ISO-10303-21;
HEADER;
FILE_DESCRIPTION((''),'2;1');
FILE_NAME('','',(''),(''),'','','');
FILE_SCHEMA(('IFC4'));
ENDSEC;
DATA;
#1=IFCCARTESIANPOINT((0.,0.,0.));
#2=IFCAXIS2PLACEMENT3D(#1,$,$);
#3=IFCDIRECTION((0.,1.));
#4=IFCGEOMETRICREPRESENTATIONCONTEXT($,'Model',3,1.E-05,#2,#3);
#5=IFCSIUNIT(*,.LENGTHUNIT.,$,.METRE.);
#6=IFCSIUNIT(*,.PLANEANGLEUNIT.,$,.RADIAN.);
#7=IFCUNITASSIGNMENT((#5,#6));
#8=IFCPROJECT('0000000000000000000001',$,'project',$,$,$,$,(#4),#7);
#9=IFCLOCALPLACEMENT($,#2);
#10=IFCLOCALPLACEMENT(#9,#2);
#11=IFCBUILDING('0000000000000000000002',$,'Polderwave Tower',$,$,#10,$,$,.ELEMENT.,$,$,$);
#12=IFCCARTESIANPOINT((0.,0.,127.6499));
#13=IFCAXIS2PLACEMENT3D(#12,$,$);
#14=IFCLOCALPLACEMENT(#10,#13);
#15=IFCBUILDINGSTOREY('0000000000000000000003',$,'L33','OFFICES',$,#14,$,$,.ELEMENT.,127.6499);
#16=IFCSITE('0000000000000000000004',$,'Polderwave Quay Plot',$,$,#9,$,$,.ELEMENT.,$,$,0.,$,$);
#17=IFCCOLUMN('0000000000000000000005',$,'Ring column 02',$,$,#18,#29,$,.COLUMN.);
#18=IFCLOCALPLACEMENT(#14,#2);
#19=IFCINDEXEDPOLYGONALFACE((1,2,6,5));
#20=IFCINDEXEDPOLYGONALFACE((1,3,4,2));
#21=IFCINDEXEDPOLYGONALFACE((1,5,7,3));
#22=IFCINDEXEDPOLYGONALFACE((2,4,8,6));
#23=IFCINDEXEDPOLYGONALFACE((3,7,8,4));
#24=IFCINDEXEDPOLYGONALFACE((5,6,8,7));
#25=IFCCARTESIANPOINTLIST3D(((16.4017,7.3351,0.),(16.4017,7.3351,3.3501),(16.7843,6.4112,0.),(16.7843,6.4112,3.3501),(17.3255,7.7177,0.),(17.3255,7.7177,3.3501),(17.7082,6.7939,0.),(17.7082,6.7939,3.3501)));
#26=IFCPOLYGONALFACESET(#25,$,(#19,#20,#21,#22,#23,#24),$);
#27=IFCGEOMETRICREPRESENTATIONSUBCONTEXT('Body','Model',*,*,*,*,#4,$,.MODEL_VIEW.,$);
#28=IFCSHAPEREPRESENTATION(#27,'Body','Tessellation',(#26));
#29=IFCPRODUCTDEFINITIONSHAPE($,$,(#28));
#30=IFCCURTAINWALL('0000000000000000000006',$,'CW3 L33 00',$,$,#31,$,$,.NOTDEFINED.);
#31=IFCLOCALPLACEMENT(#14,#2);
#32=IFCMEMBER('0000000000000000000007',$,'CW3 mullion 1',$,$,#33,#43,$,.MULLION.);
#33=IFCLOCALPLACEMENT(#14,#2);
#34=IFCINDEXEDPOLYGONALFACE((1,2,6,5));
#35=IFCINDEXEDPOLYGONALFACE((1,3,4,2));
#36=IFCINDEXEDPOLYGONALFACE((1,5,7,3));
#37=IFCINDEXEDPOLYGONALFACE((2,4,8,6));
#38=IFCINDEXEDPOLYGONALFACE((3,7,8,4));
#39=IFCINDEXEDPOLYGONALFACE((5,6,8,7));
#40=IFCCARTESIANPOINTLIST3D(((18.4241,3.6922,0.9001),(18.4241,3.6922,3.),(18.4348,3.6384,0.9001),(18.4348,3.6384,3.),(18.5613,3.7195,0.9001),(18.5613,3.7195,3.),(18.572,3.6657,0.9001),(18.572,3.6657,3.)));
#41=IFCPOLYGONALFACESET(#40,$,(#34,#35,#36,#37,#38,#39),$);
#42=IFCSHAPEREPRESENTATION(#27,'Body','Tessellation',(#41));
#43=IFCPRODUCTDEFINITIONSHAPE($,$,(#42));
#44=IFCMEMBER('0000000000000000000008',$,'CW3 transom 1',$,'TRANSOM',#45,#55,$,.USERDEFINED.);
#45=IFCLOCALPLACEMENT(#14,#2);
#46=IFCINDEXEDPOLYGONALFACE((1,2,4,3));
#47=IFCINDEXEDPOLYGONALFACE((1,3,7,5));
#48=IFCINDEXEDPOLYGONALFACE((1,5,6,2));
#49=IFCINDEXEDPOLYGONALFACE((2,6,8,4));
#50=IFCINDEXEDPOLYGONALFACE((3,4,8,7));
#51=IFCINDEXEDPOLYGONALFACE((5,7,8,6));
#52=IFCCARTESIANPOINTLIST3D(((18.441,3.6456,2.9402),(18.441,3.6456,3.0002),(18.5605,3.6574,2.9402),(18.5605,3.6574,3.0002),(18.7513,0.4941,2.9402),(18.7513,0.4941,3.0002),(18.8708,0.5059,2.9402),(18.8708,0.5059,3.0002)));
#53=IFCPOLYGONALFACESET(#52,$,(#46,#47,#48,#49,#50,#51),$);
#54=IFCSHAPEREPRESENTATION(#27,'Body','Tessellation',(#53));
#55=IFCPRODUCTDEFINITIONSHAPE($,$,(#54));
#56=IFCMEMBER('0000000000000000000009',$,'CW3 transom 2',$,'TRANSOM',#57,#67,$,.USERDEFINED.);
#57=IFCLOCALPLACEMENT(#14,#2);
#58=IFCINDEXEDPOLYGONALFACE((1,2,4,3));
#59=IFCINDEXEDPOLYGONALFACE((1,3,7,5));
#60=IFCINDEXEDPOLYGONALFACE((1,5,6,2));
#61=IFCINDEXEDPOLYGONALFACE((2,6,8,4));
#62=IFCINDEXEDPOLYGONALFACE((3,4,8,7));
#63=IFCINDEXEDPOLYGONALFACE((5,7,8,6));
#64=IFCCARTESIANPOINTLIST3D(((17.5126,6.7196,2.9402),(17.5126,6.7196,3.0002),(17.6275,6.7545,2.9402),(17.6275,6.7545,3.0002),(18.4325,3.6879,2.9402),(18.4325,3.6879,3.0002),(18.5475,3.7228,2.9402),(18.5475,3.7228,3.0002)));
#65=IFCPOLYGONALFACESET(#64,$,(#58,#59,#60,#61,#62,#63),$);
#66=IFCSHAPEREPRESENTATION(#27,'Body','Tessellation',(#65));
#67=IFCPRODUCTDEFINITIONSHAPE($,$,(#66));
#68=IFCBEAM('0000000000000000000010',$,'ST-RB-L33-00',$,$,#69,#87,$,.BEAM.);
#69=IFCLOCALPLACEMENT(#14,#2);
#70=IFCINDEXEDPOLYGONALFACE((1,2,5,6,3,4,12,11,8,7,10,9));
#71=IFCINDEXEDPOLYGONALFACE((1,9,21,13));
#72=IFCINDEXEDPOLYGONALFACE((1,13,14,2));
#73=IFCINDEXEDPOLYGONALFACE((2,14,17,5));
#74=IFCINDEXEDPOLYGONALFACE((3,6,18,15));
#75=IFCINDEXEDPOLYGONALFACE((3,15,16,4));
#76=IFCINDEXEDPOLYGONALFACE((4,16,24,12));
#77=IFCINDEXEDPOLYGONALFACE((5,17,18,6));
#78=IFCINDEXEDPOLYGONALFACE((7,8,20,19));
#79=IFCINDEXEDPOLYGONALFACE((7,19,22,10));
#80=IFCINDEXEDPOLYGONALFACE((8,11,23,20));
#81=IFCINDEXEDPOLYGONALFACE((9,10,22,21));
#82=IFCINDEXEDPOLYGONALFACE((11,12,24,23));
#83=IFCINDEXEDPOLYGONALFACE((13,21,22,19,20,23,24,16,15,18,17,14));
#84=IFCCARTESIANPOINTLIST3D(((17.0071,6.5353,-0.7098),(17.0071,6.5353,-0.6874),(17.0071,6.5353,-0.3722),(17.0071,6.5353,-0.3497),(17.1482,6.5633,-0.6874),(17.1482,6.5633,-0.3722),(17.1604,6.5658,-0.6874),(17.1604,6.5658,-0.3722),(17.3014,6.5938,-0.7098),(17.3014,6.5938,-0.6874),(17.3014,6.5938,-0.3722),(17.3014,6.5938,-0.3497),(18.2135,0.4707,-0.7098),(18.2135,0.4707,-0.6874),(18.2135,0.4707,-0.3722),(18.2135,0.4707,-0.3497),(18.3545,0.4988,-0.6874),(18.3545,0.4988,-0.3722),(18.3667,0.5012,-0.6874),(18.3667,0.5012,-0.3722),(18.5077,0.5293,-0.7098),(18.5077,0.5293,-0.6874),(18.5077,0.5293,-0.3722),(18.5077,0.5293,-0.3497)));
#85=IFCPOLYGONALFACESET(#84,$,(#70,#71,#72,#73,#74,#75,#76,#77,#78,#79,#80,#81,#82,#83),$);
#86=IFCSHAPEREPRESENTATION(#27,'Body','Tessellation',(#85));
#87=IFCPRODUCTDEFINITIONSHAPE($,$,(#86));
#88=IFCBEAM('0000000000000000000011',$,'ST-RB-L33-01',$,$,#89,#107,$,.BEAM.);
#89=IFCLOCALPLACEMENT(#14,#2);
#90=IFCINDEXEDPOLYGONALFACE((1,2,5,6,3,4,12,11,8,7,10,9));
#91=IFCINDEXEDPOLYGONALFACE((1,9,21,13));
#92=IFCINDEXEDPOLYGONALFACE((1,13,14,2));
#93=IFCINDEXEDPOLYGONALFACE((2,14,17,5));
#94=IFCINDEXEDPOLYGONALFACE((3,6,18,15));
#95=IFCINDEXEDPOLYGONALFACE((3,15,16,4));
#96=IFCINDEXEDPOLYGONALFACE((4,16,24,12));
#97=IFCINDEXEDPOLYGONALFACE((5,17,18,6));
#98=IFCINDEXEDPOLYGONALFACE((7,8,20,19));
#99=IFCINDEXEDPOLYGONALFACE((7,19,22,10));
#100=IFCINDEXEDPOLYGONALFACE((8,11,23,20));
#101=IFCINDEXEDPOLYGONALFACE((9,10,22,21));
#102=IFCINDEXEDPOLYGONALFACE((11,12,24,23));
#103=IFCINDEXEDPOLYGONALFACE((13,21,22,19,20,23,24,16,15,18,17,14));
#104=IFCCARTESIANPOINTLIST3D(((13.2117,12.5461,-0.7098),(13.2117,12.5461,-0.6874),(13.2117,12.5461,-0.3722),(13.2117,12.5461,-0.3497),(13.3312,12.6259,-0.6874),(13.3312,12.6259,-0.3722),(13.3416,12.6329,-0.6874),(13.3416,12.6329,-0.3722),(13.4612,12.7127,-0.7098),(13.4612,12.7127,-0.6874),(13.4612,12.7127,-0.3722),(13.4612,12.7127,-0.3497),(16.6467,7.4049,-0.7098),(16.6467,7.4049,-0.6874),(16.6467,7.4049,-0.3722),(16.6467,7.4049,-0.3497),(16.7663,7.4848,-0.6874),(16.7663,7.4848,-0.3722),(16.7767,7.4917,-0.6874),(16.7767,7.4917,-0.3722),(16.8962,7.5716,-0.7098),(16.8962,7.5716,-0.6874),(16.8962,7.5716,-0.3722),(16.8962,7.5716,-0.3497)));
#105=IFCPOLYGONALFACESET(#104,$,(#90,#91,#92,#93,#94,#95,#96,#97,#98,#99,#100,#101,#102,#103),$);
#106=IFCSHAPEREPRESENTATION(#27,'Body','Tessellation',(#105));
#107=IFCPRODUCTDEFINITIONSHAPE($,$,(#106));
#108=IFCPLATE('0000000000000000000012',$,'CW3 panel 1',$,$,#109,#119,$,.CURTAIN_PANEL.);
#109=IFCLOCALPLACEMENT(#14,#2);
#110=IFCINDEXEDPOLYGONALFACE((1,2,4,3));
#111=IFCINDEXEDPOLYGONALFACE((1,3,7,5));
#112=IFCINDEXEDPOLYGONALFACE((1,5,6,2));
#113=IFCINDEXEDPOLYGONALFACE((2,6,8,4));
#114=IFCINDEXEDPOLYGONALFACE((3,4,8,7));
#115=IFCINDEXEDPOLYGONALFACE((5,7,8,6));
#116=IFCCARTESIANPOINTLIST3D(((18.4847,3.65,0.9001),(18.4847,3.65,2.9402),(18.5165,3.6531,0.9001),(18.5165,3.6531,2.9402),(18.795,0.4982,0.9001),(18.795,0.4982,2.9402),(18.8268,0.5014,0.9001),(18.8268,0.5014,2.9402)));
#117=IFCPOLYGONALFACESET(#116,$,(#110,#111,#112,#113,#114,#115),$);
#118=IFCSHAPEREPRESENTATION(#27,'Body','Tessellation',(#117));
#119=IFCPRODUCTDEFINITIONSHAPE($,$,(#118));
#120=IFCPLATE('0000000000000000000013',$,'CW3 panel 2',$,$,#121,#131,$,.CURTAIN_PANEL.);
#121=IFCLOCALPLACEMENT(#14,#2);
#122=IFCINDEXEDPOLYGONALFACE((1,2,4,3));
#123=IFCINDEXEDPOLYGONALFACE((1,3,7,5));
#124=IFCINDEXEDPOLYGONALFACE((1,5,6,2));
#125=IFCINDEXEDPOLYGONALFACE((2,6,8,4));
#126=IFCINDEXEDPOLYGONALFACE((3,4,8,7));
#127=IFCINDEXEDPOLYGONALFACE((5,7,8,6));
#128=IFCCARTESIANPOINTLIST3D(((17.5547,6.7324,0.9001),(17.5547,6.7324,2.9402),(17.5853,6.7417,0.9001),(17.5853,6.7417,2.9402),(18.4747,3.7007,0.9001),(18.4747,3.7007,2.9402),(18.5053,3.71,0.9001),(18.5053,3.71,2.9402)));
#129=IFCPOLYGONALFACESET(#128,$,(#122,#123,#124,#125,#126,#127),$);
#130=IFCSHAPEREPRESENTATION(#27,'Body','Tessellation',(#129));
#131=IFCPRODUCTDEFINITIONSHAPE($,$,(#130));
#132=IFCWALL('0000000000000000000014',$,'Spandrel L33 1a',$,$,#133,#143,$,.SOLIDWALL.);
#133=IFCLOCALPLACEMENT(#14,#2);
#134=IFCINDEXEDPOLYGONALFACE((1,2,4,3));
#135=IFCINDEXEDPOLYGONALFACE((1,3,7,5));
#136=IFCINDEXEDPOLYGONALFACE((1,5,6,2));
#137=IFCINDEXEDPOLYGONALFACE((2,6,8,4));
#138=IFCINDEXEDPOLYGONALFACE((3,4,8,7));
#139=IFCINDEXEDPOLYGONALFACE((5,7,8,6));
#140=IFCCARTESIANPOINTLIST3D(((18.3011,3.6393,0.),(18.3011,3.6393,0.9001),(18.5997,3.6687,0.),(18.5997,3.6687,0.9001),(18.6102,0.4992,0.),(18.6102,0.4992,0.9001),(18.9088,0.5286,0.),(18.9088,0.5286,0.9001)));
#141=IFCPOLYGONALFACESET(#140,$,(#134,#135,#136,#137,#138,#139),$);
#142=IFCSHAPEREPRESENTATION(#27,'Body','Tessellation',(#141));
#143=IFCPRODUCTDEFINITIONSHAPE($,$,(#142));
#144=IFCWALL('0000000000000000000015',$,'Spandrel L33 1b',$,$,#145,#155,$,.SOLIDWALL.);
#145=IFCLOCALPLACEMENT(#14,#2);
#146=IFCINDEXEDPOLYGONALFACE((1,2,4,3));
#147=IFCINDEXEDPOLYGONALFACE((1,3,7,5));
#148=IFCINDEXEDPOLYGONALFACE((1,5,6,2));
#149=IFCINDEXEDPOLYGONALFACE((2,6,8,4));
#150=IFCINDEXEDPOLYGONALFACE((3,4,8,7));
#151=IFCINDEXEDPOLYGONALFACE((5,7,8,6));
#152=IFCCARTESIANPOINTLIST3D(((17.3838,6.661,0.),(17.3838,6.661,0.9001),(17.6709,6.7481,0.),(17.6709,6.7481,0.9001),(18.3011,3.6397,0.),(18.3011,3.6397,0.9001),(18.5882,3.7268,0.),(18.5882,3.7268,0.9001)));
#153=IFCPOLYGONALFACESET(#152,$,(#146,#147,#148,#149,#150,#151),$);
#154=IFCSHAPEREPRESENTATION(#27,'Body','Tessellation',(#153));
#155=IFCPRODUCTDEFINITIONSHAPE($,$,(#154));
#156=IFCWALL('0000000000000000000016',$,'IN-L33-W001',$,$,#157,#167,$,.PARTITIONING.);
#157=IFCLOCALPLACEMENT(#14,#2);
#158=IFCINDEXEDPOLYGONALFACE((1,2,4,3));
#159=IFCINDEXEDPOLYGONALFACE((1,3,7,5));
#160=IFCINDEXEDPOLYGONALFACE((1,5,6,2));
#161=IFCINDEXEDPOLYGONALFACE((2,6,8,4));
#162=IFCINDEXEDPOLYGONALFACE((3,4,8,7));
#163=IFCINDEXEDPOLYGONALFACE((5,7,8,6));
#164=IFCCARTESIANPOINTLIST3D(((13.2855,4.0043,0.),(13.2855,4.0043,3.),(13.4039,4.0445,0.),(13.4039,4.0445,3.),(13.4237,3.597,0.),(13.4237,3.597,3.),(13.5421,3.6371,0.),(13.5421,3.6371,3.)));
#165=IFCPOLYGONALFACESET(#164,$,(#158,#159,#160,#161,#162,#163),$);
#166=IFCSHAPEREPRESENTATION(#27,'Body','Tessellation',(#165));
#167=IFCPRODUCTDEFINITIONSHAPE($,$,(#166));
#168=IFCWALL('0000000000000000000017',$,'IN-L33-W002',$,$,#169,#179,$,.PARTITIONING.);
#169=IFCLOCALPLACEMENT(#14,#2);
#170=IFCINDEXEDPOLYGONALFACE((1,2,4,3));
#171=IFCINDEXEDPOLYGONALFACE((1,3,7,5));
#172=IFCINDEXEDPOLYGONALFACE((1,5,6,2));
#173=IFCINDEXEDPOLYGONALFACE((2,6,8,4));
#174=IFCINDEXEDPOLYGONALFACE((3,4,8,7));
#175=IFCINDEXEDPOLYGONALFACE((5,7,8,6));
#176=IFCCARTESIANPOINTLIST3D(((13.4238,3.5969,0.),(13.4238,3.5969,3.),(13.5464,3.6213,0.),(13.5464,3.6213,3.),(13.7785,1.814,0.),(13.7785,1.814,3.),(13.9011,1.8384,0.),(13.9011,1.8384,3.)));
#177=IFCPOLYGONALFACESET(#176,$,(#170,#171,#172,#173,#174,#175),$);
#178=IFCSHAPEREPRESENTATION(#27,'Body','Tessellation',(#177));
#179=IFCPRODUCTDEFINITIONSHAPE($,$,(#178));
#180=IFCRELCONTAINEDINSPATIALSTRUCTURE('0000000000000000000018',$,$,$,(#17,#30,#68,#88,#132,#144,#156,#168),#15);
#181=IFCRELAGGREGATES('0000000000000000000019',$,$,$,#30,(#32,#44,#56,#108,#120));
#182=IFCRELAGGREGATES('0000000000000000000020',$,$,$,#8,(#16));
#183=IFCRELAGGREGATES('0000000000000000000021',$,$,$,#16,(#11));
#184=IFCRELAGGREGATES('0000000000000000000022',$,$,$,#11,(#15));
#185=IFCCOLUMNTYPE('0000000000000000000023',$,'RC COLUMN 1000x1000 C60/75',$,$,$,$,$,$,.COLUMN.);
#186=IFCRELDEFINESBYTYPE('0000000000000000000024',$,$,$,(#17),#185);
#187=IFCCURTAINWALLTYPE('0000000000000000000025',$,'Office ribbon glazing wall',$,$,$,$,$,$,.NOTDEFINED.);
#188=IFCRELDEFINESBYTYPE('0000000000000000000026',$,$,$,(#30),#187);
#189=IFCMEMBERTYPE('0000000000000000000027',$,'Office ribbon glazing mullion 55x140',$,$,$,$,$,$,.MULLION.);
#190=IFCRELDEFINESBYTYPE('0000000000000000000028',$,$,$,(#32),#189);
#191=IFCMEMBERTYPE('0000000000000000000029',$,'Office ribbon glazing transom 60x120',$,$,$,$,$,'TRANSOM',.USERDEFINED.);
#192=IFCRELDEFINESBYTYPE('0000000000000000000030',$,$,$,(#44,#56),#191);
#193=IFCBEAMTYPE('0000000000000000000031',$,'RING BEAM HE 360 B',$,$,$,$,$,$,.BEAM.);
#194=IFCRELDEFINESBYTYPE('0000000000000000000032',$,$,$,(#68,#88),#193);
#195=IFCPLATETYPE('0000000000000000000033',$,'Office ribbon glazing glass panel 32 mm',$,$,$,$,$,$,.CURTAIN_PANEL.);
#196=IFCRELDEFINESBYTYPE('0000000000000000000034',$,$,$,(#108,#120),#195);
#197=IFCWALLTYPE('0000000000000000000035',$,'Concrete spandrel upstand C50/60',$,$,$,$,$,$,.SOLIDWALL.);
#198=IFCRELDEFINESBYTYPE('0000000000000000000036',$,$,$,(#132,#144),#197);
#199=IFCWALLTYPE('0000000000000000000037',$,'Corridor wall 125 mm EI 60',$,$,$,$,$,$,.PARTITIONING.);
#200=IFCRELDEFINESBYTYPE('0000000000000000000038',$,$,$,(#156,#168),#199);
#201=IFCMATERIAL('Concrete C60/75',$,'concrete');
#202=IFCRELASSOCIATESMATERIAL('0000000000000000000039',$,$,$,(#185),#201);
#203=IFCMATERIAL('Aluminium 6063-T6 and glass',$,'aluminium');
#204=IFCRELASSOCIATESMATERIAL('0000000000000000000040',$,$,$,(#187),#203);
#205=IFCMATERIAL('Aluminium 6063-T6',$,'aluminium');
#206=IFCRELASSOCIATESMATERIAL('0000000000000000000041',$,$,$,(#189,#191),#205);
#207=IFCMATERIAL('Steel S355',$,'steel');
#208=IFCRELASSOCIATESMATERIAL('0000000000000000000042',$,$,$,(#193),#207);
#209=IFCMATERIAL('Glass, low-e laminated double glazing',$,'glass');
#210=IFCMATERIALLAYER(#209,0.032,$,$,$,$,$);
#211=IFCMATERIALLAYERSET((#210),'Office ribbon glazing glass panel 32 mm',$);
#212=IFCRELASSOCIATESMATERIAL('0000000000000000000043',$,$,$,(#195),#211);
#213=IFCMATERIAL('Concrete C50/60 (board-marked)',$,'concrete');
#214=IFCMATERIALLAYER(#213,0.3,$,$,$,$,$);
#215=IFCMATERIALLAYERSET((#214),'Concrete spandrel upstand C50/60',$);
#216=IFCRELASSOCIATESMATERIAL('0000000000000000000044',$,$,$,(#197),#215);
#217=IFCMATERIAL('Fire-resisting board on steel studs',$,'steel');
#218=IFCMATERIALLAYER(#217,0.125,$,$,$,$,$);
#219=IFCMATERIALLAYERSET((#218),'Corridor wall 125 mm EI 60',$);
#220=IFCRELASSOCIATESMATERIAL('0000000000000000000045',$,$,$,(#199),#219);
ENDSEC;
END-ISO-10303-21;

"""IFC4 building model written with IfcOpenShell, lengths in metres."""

from ifc_helpers import new_model, si_unit, direction, frame, frame_2d, origin, origin_2d, place, context, subcontext, project, spatial, rectangle, i_section, extrude, material, layer, layer_set, material_profile, profile_set, type_object, element, aggregate, save


model = new_model("IFC4")

# Units and contexts
model_context = context("Model", 3, precision=1e-05, world=origin(), true_north=direction((0.0, 1.0)))
body_context = subcontext(model_context, "Body", "Model", "MODEL_VIEW")
ifc_project = project(units=[si_unit("LENGTHUNIT", "METRE"), si_unit("PLANEANGLEUNIT", "RADIAN")], contexts=[model_context])

# Site, building, storey
site_placement = place(None, origin())
site = spatial("IfcSite", under=ifc_project, at=site_placement, Name="Polderwave Quay Plot", CompositionType="ELEMENT", RefElevation=0.0)
building_placement = place(site_placement, origin())
building = spatial("IfcBuilding", under=site, at=building_placement, Name="Polderwave Tower", CompositionType="ELEMENT")
storey_placement = place(building_placement, frame((0.0, 0.0, 127.6499)))
storey = spatial("IfcBuildingStorey", under=building, at=storey_placement, Name="L33", Description="OFFICES", CompositionType="ELEMENT", Elevation=127.6499)

# Column
ifc_material_1 = material(Name="Concrete C60/75", Category="concrete")
ifc_material_profile_1 = material_profile(ifc_material_1, rectangle(XDim=1.0, YDim=1.0, at=origin_2d()), Name="RC 1000x1000")
ifc_profile_set_1 = profile_set([ifc_material_profile_1], Name="Concrete C60/75")
column_type = type_object("IfcColumnType", Name="RC COLUMN 1000x1000 C60/75", PredefinedType="COLUMN", material=ifc_profile_set_1)
column_placement = place(storey_placement, frame((17.0549, 7.0645, 0.0), z_axis=(0.0, 0.0, 1.0), x_axis=(0.92388, 0.382683, 0.0)))
element("IfcColumn", 1, at=column_placement, inside=storey, type_object=column_type, Name="Ring column 02", PredefinedType="COLUMN", context=body_context, shape_type="SweptSolid", body=[
    extrude(rectangle(XDim=1.0, YDim=1.0, at=origin_2d()), origin(), (0.0, 0.0, 1.0), 3.3501),
])

# Curtain wall, members
ifc_material_2 = material(Name="Aluminium 6063-T6 and glass", Category="aluminium")
curtain_wall_type = type_object("IfcCurtainWallType", Name="Office ribbon glazing wall", PredefinedType="NOTDEFINED", material=ifc_material_2)
curtain_wall_placement = place(storey_placement, origin())
curtain_wall = element("IfcCurtainWall", 2, at=curtain_wall_placement, inside=storey, type_object=curtain_wall_type, Name="CW3 L33 00", PredefinedType="NOTDEFINED")
ifc_material_3 = material(Name="Aluminium 6063-T6", Category="aluminium")
ifc_material_profile_2 = material_profile(ifc_material_3, rectangle(XDim=0.1399, YDim=0.0549, at=origin_2d()), Name="AL 55x140")
ifc_profile_set_2 = profile_set([ifc_material_profile_2], Name="Aluminium 6063-T6")
member_type_1 = type_object("IfcMemberType", Name="Office ribbon glazing mullion 55x140", PredefinedType="MULLION", material=ifc_profile_set_2)
member_1_placement = place(storey_placement, frame((18.498, 3.679, 0.9001), z_axis=(0.0, 0.0, 1.0), x_axis=(-0.980778, -0.195128, 0.0)))
member_1 = element("IfcMember", 3, at=member_1_placement, type_object=member_type_1, Name="CW3 mullion 1", PredefinedType="MULLION", context=body_context, shape_type="SweptSolid", body=[
    extrude(rectangle(XDim=0.1399, YDim=0.0549, at=origin_2d()), origin(), (0.0, 0.0, 1.0), 2.0999),
])
ifc_material_profile_3 = material_profile(ifc_material_3, rectangle(XDim=0.1201, YDim=0.0601, at=origin_2d()), Name="AL 60x120")
ifc_profile_set_3 = profile_set([ifc_material_profile_3], Name="Aluminium 6063-T6")
member_type_2 = type_object("IfcMemberType", Name="Office ribbon glazing transom 60x120", ElementType="TRANSOM", PredefinedType="USERDEFINED", material=ifc_profile_set_3)
member_2_placement = place(storey_placement, frame((18.811, 0.5, 2.9702), z_axis=(-0.097985, 0.995188, 0.0), x_axis=(-0.995188, -0.097985, 0.0)))
member_2 = element("IfcMember", 4, at=member_2_placement, type_object=member_type_2, Name="CW3 transom 1", ObjectType="TRANSOM", PredefinedType="USERDEFINED", context=body_context, shape_type="SweptSolid", body=[
    extrude(rectangle(XDim=0.1201, YDim=0.0601, at=origin_2d()), origin(), (0.0, 0.0, 1.0), 3.1667),
])
member_3_placement = place(storey_placement, frame((18.49, 3.7053, 2.9702), z_axis=(-0.290358, 0.956918, 0.0), x_axis=(-0.956918, -0.290358, 0.0)))
member_3 = element("IfcMember", 5, at=member_3_placement, type_object=member_type_2, Name="CW3 transom 2", ObjectType="TRANSOM", PredefinedType="USERDEFINED", context=body_context, shape_type="SweptSolid", body=[
    extrude(rectangle(XDim=0.1201, YDim=0.0601, at=origin_2d()), origin(), (0.0, 0.0, 1.0), 3.1682),
])

# Beams
ifc_material_4 = material(Name="Steel S355", Category="steel")
ifc_material_profile_4 = material_profile(ifc_material_4, i_section(OverallWidth=0.3, OverallDepth=0.3601, WebThickness=0.0125, FlangeThickness=0.0225, at=origin_2d()), Name="HE 360 B")
ifc_profile_set_4 = profile_set([ifc_material_profile_4], Name="Steel S355")
beam_type = type_object("IfcBeamType", Name="RING BEAM HE 360 B", PredefinedType="BEAM", material=ifc_profile_set_4)
beam_1_placement = place(storey_placement, frame((18.3606, 0.5, -0.5298), z_axis=(-0.195091, 0.980785, 0.0), x_axis=(-0.980785, -0.195091, 0.0)))
element("IfcBeam", 6, at=beam_1_placement, inside=storey, type_object=beam_type, Name="ST-RB-L33-00", PredefinedType="BEAM", context=body_context, shape_type="SweptSolid", body=[
    extrude(i_section(OverallWidth=0.3, OverallDepth=0.3601, WebThickness=0.0125, FlangeThickness=0.0225, at=origin_2d()), origin(), (0.0, 0.0, 1.0), 6.1833),
])
beam_2_placement = place(storey_placement, frame((16.7715, 7.4883, -0.5298), z_axis=(-0.555556, 0.831479, 0.0), x_axis=(-0.831479, -0.555556, 0.0)))
element("IfcBeam", 7, at=beam_2_placement, inside=storey, type_object=beam_type, Name="ST-RB-L33-01", PredefinedType="BEAM", context=body_context, shape_type="SweptSolid", body=[
    extrude(i_section(OverallWidth=0.3, OverallDepth=0.3601, WebThickness=0.0125, FlangeThickness=0.0225, at=origin_2d()), origin(), (0.0, 0.0, 1.0), 6.1831),
])

# Plates
ifc_material_5 = material(Name="Glass, low-e laminated double glazing", Category="glass")
ifc_layer_1 = layer(ifc_material_5, 0.032)
ifc_layer_set_1 = layer_set([ifc_layer_1], Name="Office ribbon glazing glass panel 32 mm")
plate_type = type_object("IfcPlateType", Name="Office ribbon glazing glass panel 32 mm", PredefinedType="CURTAIN_PANEL", material=ifc_layer_set_1)
plate_1_placement = place(storey_placement, frame((18.6558, 2.0757, 0.9001), z_axis=(0.0, 0.0, 1.0), x_axis=(-0.097984, 0.995188, 0.0)))
plate_1 = element("IfcPlate", 8, at=plate_1_placement, type_object=plate_type, Name="CW3 panel 1", PredefinedType="CURTAIN_PANEL", context=body_context, shape_type="SweptSolid", body=[
    extrude(rectangle(XDim=3.167, YDim=0.032, at=origin_2d()), origin(), (0.0, 0.0, 1.0), 2.04),
])
plate_2_placement = place(storey_placement, frame((18.03, 5.2212, 0.9001), z_axis=(0.0, 0.0, 1.0), x_axis=(-0.29039, 0.956908, 0.0)))
plate_2 = element("IfcPlate", 9, at=plate_2_placement, type_object=plate_type, Name="CW3 panel 2", PredefinedType="CURTAIN_PANEL", context=body_context, shape_type="SweptSolid", body=[
    extrude(rectangle(XDim=3.1682, YDim=0.032, at=origin_2d()), origin(), (0.0, 0.0, 1.0), 2.04),
])
aggregate(curtain_wall, [member_1, member_2, member_3, plate_1, plate_2])

# Walls
ifc_material_6 = material(Name="Concrete C50/60 (board-marked)", Category="concrete")
ifc_layer_2 = layer(ifc_material_6, 0.3)
ifc_layer_set_2 = layer_set([ifc_layer_2], Name="Concrete spandrel upstand C50/60")
wall_type_1 = type_object("IfcWallType", Name="Concrete spandrel upstand C50/60", PredefinedType="SOLIDWALL", material=ifc_layer_set_2)
wall_1_placement = place(storey_placement, frame((18.7595, 0.5139, 0.0), z_axis=(0.0, 0.0, 1.0), x_axis=(-0.097956, 0.995191, 0.0)))
element("IfcWall", 10, at=wall_1_placement, inside=storey, type_object=wall_type_1, Name="Spandrel L33 1a", PredefinedType="SOLIDWALL", context=body_context, shape_type="SweptSolid", body=[
    extrude(rectangle(XDim=3.1553, YDim=0.3, at=frame_2d((1.5776, 0.0))), origin(), (0.0, 0.0, 1.0), 0.9001),
])
wall_2_placement = place(storey_placement, frame((18.4446, 3.6833, 0.0), z_axis=(0.0, 0.0, 1.0), x_axis=(-0.290503, 0.956874, 0.0)))
element("IfcWall", 11, at=wall_2_placement, inside=storey, type_object=wall_type_1, Name="Spandrel L33 1b", PredefinedType="SOLIDWALL", context=body_context, shape_type="SweptSolid", body=[
    extrude(rectangle(XDim=3.1575, YDim=0.3, at=frame_2d((1.5786, 0.0))), origin(), (0.0, 0.0, 1.0), 0.9001),
])
ifc_material_7 = material(Name="Fire-resisting board on steel studs", Category="steel")
ifc_layer_3 = layer(ifc_material_7, 0.125)
ifc_layer_set_3 = layer_set([ifc_layer_3], Name="Corridor wall 125 mm EI 60")
wall_type_2 = type_object("IfcWallType", Name="Corridor wall 125 mm EI 60", PredefinedType="PARTITIONING", material=ifc_layer_set_3)
wall_3_placement = place(storey_placement, frame((13.3447, 4.0244, 0.0), z_axis=(0.0, 0.0, 1.0), x_axis=(0.32116, -0.947025, 0.0)))
element("IfcWall", 12, at=wall_3_placement, inside=storey, type_object=wall_type_2, Name="IN-L33-W001", PredefinedType="PARTITIONING", context=body_context, shape_type="SweptSolid", body=[
    extrude(rectangle(XDim=0.4302, YDim=0.125, at=frame_2d((0.2151, 0.0))), origin(), (0.0, 0.0, 1.0), 3.0),
])
wall_4_placement = place(storey_placement, frame((13.4851, 3.6091, 0.0), z_axis=(0.0, 0.0, 1.0), x_axis=(0.195135, -0.980776, 0.0)))
element("IfcWall", 13, at=wall_4_placement, inside=storey, type_object=wall_type_2, Name="IN-L33-W002", PredefinedType="PARTITIONING", context=body_context, shape_type="SweptSolid", body=[
    extrude(rectangle(XDim=1.8179, YDim=0.125, at=frame_2d((0.9089, 0.0))), origin(), (0.0, 0.0, 1.0), 3.0),
])

save(model, "model.ifc")
